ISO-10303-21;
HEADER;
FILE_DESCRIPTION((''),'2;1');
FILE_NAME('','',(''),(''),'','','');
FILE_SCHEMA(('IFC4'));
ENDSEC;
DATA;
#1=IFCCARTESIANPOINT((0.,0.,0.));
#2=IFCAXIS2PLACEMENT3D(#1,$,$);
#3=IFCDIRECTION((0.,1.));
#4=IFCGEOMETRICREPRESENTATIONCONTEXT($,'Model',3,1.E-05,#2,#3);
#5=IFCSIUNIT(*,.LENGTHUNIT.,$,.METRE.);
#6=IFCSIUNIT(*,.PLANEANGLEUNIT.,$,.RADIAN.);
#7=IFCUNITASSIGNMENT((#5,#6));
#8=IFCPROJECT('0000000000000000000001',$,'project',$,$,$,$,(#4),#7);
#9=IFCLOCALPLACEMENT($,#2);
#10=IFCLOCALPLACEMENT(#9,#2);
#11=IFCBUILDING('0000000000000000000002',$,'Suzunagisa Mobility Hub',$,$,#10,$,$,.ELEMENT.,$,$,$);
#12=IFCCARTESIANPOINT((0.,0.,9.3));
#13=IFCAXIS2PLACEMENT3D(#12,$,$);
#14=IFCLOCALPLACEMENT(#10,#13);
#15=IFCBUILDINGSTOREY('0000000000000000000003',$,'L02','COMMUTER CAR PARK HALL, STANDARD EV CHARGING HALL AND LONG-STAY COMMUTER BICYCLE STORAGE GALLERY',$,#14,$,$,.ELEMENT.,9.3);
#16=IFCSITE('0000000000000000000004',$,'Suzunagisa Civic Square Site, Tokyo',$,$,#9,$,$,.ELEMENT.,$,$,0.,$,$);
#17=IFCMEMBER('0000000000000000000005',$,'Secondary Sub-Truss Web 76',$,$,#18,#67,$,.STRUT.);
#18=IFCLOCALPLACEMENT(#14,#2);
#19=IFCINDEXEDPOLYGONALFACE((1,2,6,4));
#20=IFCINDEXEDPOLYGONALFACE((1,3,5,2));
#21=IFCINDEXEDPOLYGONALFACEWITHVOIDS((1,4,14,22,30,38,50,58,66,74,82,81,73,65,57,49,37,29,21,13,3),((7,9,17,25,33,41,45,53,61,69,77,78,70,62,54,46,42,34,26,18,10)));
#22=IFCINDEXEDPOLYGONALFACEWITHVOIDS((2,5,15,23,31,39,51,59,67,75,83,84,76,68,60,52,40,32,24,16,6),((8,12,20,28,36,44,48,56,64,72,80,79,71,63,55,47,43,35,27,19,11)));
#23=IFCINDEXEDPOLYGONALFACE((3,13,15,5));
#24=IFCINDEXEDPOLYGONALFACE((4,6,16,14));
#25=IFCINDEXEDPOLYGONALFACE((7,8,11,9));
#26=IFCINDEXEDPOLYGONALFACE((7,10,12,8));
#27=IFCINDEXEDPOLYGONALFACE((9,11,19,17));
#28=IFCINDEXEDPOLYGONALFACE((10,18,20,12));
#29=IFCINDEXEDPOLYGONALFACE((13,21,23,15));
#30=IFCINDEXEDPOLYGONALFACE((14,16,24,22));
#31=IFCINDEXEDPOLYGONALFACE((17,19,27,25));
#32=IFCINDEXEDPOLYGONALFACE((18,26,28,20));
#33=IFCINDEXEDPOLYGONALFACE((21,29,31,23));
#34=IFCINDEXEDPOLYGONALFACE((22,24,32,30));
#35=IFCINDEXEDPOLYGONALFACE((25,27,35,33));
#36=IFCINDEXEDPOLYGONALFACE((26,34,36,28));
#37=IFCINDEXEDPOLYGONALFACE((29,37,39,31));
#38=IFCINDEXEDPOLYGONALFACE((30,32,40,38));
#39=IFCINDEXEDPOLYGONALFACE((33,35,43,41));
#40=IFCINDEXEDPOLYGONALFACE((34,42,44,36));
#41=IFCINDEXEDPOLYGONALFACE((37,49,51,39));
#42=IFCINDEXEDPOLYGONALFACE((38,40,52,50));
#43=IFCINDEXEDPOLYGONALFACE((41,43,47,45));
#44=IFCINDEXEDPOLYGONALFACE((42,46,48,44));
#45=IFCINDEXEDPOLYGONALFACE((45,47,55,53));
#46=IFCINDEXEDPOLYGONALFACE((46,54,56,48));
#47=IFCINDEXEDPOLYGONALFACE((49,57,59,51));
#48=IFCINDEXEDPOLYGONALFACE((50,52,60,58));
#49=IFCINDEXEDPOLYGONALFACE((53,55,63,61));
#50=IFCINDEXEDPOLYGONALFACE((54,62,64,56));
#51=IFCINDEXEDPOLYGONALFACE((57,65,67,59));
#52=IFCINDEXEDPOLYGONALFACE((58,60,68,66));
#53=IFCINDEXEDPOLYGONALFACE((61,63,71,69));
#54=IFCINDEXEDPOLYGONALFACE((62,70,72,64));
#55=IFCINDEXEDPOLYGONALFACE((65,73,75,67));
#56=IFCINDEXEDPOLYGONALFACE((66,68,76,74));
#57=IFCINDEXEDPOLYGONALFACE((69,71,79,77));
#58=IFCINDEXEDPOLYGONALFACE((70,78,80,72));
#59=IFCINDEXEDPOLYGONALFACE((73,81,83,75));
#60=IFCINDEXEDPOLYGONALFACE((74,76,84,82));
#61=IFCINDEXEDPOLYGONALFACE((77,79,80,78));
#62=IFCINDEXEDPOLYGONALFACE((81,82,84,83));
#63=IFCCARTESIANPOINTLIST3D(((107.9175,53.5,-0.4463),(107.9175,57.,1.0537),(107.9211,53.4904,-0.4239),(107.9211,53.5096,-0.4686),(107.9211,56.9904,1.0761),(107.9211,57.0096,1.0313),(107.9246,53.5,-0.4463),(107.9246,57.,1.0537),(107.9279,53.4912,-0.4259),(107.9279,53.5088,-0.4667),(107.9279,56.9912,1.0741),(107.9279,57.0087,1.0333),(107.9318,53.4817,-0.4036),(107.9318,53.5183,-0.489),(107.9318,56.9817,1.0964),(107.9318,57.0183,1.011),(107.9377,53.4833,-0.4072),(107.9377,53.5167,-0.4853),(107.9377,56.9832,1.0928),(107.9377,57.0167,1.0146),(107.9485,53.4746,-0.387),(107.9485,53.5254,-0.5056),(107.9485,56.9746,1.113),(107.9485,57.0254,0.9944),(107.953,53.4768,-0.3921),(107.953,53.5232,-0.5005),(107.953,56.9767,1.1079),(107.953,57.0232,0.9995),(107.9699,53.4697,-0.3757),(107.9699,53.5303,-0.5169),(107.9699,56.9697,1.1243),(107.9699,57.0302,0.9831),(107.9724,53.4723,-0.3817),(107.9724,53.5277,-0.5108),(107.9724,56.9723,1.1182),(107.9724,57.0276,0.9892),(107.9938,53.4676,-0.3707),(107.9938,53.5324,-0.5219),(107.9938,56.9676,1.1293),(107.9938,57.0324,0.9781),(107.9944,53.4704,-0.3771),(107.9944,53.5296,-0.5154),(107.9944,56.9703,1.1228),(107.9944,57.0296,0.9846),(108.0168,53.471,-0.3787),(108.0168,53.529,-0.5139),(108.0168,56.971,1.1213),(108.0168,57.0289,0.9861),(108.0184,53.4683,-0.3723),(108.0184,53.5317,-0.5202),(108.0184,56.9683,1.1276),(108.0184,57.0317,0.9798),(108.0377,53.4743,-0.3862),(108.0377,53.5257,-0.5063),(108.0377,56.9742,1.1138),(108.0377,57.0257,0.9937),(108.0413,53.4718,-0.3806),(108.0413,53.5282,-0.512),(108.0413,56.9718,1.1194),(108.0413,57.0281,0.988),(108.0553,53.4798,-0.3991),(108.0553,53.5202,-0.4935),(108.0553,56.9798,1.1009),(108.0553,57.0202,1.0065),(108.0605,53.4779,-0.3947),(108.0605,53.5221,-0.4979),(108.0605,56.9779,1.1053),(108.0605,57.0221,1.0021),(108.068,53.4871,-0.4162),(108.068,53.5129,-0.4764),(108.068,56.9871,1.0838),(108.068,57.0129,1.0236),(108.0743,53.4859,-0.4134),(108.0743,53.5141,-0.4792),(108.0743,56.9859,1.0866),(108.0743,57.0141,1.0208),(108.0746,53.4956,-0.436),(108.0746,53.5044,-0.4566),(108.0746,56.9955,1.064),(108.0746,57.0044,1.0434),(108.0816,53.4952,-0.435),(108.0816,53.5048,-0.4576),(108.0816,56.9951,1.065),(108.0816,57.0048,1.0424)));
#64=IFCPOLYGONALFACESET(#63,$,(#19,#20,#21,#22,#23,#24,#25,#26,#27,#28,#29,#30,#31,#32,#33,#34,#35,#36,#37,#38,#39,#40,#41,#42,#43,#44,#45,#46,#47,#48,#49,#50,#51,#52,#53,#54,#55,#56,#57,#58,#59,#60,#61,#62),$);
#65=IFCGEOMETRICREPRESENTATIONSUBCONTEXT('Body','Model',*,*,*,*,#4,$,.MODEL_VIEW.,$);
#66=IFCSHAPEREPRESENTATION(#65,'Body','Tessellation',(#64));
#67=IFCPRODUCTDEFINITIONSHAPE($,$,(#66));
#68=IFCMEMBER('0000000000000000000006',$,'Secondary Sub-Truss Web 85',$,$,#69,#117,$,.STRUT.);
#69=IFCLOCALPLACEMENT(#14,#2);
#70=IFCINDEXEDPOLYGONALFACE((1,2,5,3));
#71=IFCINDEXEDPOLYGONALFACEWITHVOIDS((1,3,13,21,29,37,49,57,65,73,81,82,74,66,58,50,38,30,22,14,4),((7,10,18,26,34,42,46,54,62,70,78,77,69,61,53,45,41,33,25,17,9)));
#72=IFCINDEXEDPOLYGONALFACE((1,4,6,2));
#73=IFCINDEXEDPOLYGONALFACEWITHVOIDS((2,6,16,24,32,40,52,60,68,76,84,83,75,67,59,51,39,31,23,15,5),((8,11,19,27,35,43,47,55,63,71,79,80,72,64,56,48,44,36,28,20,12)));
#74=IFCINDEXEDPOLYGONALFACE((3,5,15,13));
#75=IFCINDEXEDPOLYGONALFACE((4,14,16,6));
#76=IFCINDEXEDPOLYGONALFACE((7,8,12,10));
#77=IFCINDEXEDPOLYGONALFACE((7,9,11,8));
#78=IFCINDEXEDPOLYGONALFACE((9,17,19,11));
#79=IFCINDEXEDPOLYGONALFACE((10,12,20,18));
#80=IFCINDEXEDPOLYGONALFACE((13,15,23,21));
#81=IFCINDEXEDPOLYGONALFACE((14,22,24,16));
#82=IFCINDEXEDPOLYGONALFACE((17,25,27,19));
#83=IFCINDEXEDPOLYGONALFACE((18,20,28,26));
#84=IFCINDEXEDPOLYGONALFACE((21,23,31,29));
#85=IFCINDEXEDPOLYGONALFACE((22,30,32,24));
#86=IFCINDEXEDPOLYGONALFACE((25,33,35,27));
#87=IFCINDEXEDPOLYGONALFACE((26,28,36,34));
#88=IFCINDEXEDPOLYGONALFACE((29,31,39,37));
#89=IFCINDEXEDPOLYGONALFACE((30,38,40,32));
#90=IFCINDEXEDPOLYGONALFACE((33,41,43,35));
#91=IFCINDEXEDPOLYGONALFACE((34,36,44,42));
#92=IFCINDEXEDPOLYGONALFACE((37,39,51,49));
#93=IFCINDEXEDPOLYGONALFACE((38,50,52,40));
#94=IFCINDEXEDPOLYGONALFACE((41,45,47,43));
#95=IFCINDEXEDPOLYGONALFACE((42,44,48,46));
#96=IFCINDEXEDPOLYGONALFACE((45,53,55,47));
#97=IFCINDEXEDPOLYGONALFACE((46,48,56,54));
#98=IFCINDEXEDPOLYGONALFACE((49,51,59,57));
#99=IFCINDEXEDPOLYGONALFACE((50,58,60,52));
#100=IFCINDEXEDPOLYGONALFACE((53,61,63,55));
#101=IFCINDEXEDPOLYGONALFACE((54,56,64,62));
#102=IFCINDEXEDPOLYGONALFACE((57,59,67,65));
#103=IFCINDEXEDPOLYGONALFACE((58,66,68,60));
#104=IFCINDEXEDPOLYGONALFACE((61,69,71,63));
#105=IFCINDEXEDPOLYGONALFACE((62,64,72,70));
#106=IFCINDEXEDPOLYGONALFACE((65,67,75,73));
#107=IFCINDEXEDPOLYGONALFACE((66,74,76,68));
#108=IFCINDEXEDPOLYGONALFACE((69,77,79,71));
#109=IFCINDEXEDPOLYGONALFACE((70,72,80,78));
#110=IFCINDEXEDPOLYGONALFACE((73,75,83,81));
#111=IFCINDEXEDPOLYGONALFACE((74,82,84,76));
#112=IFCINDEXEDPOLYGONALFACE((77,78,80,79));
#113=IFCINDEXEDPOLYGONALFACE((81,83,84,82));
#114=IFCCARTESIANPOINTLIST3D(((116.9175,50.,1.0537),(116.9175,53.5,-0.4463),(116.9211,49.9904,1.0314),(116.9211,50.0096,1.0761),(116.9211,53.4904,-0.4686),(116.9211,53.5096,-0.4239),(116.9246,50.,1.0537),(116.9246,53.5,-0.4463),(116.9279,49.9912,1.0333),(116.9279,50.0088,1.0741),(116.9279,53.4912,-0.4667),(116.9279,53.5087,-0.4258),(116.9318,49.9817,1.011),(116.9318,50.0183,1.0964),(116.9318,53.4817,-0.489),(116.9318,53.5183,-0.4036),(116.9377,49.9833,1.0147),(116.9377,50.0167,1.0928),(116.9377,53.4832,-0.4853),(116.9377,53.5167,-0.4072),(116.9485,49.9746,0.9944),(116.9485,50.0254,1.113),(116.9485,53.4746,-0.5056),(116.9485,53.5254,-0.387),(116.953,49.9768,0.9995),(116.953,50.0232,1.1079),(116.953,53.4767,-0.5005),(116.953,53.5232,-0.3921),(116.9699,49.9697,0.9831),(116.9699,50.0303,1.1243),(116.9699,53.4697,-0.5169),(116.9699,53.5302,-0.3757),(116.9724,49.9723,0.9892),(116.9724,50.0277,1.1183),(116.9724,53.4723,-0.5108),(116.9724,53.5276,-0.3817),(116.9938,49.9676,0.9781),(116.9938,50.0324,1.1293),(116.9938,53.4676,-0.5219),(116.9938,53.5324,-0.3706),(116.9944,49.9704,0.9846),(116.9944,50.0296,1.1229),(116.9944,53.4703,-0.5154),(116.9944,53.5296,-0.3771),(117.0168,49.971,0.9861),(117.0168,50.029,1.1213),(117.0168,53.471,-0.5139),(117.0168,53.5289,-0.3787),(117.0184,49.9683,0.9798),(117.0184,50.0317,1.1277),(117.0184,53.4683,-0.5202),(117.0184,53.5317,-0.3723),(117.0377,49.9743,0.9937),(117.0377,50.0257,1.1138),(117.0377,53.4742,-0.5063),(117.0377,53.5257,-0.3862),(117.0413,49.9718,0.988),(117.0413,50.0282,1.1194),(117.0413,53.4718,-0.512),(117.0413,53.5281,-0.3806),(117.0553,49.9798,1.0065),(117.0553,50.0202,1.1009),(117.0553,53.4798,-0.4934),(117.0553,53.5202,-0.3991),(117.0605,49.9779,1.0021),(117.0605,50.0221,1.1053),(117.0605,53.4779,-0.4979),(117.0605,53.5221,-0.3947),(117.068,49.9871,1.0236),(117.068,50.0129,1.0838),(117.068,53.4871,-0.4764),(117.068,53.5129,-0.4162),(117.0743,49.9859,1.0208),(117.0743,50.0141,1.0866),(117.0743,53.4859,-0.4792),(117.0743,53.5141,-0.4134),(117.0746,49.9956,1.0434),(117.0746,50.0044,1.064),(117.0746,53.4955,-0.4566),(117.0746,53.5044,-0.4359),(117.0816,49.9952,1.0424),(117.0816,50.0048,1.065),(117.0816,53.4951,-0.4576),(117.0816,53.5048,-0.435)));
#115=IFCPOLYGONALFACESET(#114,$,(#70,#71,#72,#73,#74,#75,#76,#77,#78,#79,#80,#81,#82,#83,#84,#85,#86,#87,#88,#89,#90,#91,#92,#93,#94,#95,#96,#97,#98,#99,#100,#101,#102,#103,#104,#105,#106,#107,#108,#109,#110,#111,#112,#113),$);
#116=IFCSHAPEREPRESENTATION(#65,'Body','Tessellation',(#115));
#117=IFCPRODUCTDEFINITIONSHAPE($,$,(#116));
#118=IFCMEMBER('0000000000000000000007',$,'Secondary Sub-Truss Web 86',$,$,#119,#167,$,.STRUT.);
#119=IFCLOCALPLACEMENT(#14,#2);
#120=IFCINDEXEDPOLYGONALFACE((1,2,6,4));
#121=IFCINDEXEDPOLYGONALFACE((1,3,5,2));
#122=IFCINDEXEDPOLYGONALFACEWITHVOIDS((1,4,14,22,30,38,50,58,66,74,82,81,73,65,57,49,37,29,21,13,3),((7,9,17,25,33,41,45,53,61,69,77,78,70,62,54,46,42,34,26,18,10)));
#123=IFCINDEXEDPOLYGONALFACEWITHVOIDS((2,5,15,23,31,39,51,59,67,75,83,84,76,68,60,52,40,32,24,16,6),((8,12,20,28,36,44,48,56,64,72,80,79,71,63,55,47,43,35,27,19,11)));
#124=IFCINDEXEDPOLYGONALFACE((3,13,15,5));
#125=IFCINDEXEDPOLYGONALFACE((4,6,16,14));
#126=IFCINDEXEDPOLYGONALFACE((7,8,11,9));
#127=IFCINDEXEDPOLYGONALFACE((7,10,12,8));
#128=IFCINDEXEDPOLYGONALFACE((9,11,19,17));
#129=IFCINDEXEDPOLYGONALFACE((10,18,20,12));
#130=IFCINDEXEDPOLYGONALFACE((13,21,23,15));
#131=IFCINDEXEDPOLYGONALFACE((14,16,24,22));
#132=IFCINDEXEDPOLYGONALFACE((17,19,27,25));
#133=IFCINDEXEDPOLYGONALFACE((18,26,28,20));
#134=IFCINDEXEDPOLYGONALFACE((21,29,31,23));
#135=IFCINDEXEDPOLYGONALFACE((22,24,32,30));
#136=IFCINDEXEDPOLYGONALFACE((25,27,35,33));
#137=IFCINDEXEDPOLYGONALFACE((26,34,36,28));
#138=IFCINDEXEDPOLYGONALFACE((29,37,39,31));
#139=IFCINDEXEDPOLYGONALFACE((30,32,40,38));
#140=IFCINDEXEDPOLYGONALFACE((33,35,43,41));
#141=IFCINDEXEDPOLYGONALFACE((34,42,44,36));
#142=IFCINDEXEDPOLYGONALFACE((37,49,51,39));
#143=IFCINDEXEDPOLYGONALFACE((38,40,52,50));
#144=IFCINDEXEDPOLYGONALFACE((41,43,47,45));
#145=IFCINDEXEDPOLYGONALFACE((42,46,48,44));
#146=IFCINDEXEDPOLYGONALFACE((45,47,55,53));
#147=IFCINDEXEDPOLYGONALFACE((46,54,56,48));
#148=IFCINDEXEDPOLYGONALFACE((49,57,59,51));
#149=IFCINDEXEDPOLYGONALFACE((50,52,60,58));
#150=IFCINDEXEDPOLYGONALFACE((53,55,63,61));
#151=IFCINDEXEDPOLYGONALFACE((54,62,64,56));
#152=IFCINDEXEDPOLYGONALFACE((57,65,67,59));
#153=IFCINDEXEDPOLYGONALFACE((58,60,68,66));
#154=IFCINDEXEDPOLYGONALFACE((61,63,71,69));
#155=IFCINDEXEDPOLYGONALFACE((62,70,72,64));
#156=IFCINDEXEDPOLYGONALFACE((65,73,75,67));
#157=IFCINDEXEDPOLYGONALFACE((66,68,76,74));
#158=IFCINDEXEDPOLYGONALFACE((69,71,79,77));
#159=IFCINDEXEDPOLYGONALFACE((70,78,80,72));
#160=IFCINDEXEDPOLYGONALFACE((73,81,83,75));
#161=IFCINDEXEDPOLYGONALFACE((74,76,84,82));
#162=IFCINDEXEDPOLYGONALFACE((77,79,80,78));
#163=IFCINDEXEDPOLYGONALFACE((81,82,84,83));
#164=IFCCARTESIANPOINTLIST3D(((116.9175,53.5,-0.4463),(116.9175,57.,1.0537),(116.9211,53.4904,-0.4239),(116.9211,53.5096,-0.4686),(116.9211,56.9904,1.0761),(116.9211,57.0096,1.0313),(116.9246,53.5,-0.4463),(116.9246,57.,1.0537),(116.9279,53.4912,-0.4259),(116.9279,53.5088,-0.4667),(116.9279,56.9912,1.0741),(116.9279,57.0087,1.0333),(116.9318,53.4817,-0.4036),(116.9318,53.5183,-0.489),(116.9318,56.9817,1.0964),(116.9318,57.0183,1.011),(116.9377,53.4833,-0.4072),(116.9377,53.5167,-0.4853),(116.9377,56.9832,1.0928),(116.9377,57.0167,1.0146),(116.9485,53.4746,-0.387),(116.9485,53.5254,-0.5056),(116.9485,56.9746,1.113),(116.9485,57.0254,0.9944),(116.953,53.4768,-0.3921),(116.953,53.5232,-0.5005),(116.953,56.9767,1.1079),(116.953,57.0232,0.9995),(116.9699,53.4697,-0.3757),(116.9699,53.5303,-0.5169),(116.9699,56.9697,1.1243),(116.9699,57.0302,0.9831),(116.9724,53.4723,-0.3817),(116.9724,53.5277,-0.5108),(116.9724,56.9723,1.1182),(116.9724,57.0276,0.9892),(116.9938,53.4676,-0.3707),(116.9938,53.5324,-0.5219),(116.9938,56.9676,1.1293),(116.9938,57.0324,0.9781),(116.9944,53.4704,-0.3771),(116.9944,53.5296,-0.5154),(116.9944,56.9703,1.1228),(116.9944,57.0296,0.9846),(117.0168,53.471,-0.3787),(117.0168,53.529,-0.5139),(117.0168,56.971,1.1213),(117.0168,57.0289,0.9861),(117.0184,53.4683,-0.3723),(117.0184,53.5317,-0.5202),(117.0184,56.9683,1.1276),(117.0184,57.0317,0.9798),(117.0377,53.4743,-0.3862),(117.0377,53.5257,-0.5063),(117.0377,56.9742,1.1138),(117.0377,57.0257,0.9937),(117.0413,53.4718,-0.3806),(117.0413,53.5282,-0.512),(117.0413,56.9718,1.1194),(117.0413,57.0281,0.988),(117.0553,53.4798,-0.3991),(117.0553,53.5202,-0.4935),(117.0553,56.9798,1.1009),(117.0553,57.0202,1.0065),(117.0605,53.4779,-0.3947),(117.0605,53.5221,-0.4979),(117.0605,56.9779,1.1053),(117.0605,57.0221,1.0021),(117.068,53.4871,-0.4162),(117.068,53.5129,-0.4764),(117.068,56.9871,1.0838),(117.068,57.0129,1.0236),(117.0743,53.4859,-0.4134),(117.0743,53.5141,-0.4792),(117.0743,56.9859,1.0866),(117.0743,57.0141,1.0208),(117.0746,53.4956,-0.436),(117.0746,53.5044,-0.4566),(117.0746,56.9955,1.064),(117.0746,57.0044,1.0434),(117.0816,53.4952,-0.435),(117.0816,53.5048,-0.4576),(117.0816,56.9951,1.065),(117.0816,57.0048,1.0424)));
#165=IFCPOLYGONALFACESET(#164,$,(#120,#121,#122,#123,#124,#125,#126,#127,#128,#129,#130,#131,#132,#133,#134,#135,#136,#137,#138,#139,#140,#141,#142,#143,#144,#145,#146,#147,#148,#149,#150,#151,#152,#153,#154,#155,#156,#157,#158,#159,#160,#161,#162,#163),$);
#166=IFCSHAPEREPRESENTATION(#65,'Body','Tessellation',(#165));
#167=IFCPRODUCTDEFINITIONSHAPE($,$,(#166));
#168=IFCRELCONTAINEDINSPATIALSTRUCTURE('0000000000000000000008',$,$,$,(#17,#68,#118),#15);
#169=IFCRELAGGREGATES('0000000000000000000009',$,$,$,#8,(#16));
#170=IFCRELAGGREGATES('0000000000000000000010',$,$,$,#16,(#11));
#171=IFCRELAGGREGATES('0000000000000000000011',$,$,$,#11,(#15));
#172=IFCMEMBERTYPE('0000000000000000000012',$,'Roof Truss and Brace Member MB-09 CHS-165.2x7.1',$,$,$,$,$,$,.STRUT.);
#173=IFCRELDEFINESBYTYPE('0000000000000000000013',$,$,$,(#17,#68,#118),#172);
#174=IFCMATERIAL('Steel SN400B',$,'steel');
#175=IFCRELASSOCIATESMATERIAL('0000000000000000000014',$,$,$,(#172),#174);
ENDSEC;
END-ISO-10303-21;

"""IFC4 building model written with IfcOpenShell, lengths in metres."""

from ifc_helpers import new_model, si_unit, direction, frame, origin, origin_2d, place, context, subcontext, project, spatial, hollow_circle, extrude, material, material_profile, profile_set, type_object, element, save


model = new_model("IFC4")

# Units and contexts
model_context = context("Model", 3, precision=1e-05, world=origin(), true_north=direction((0.0, 1.0)))
body_context = subcontext(model_context, "Body", "Model", "MODEL_VIEW")
ifc_project = project(units=[si_unit("LENGTHUNIT", "METRE"), si_unit("PLANEANGLEUNIT", "RADIAN")], contexts=[model_context])

# Site, building, storey
site_placement = place(None, origin())
site = spatial("IfcSite", under=ifc_project, at=site_placement, Name="Suzunagisa Civic Square Site, Tokyo", CompositionType="ELEMENT", RefElevation=0.0)
building_placement = place(site_placement, origin())
building = spatial("IfcBuilding", under=site, at=building_placement, Name="Suzunagisa Mobility Hub", CompositionType="ELEMENT")
storey_placement = place(building_placement, frame((0.0, 0.0, 9.3)))
storey = spatial("IfcBuildingStorey", under=building, at=storey_placement, Name="L02", Description="COMMUTER CAR PARK HALL, STANDARD EV CHARGING HALL AND LONG-STAY COMMUTER BICYCLE STORAGE GALLERY", CompositionType="ELEMENT", Elevation=9.3)

# Members
ifc_material_1 = material(Name="Steel SN400B", Category="steel")
ifc_material_profile_1 = material_profile(ifc_material_1, hollow_circle(Radius=0.0825, WallThickness=0.0071, at=origin_2d()), Name="CHS-165.2x7.1")
ifc_profile_set_1 = profile_set([ifc_material_profile_1], Name="Steel SN400B")
member_type_1 = type_object("IfcMemberType", Name="Roof Truss and Brace Member MB-09 CHS-165.2x7.1", PredefinedType="STRUT", material=ifc_profile_set_1)
for number, where, z_axis, x_axis, name in (
    (1, (108.0, 53.5, -0.4463), (0.0, 0.919145, 0.393919), (-1.0, 0.0, 0.0), "Secondary Sub-Truss Web 76"),
    (2, (117.0, 50.0, 1.0537), (0.0, 0.919145, -0.393919), (-1.0, 0.0, 0.0), "Secondary Sub-Truss Web 85"),
    (3, (117.0, 53.5, -0.4463), (0.0, 0.919145, 0.393919), (-1.0, 0.0, 0.0), "Secondary Sub-Truss Web 86"),
):
    element("IfcMember", number, at=place(storey_placement, frame(where, z_axis=z_axis, x_axis=x_axis)), inside=storey, type_object=member_type_1, Name=name, PredefinedType="STRUT", context=body_context, shape_type="SweptSolid", body=[
        extrude(hollow_circle(Radius=0.0825, WallThickness=0.0071, at=origin_2d()), origin(), (0.0, 0.0, 1.0), 3.8079),
    ])

save(model, "model.ifc")
